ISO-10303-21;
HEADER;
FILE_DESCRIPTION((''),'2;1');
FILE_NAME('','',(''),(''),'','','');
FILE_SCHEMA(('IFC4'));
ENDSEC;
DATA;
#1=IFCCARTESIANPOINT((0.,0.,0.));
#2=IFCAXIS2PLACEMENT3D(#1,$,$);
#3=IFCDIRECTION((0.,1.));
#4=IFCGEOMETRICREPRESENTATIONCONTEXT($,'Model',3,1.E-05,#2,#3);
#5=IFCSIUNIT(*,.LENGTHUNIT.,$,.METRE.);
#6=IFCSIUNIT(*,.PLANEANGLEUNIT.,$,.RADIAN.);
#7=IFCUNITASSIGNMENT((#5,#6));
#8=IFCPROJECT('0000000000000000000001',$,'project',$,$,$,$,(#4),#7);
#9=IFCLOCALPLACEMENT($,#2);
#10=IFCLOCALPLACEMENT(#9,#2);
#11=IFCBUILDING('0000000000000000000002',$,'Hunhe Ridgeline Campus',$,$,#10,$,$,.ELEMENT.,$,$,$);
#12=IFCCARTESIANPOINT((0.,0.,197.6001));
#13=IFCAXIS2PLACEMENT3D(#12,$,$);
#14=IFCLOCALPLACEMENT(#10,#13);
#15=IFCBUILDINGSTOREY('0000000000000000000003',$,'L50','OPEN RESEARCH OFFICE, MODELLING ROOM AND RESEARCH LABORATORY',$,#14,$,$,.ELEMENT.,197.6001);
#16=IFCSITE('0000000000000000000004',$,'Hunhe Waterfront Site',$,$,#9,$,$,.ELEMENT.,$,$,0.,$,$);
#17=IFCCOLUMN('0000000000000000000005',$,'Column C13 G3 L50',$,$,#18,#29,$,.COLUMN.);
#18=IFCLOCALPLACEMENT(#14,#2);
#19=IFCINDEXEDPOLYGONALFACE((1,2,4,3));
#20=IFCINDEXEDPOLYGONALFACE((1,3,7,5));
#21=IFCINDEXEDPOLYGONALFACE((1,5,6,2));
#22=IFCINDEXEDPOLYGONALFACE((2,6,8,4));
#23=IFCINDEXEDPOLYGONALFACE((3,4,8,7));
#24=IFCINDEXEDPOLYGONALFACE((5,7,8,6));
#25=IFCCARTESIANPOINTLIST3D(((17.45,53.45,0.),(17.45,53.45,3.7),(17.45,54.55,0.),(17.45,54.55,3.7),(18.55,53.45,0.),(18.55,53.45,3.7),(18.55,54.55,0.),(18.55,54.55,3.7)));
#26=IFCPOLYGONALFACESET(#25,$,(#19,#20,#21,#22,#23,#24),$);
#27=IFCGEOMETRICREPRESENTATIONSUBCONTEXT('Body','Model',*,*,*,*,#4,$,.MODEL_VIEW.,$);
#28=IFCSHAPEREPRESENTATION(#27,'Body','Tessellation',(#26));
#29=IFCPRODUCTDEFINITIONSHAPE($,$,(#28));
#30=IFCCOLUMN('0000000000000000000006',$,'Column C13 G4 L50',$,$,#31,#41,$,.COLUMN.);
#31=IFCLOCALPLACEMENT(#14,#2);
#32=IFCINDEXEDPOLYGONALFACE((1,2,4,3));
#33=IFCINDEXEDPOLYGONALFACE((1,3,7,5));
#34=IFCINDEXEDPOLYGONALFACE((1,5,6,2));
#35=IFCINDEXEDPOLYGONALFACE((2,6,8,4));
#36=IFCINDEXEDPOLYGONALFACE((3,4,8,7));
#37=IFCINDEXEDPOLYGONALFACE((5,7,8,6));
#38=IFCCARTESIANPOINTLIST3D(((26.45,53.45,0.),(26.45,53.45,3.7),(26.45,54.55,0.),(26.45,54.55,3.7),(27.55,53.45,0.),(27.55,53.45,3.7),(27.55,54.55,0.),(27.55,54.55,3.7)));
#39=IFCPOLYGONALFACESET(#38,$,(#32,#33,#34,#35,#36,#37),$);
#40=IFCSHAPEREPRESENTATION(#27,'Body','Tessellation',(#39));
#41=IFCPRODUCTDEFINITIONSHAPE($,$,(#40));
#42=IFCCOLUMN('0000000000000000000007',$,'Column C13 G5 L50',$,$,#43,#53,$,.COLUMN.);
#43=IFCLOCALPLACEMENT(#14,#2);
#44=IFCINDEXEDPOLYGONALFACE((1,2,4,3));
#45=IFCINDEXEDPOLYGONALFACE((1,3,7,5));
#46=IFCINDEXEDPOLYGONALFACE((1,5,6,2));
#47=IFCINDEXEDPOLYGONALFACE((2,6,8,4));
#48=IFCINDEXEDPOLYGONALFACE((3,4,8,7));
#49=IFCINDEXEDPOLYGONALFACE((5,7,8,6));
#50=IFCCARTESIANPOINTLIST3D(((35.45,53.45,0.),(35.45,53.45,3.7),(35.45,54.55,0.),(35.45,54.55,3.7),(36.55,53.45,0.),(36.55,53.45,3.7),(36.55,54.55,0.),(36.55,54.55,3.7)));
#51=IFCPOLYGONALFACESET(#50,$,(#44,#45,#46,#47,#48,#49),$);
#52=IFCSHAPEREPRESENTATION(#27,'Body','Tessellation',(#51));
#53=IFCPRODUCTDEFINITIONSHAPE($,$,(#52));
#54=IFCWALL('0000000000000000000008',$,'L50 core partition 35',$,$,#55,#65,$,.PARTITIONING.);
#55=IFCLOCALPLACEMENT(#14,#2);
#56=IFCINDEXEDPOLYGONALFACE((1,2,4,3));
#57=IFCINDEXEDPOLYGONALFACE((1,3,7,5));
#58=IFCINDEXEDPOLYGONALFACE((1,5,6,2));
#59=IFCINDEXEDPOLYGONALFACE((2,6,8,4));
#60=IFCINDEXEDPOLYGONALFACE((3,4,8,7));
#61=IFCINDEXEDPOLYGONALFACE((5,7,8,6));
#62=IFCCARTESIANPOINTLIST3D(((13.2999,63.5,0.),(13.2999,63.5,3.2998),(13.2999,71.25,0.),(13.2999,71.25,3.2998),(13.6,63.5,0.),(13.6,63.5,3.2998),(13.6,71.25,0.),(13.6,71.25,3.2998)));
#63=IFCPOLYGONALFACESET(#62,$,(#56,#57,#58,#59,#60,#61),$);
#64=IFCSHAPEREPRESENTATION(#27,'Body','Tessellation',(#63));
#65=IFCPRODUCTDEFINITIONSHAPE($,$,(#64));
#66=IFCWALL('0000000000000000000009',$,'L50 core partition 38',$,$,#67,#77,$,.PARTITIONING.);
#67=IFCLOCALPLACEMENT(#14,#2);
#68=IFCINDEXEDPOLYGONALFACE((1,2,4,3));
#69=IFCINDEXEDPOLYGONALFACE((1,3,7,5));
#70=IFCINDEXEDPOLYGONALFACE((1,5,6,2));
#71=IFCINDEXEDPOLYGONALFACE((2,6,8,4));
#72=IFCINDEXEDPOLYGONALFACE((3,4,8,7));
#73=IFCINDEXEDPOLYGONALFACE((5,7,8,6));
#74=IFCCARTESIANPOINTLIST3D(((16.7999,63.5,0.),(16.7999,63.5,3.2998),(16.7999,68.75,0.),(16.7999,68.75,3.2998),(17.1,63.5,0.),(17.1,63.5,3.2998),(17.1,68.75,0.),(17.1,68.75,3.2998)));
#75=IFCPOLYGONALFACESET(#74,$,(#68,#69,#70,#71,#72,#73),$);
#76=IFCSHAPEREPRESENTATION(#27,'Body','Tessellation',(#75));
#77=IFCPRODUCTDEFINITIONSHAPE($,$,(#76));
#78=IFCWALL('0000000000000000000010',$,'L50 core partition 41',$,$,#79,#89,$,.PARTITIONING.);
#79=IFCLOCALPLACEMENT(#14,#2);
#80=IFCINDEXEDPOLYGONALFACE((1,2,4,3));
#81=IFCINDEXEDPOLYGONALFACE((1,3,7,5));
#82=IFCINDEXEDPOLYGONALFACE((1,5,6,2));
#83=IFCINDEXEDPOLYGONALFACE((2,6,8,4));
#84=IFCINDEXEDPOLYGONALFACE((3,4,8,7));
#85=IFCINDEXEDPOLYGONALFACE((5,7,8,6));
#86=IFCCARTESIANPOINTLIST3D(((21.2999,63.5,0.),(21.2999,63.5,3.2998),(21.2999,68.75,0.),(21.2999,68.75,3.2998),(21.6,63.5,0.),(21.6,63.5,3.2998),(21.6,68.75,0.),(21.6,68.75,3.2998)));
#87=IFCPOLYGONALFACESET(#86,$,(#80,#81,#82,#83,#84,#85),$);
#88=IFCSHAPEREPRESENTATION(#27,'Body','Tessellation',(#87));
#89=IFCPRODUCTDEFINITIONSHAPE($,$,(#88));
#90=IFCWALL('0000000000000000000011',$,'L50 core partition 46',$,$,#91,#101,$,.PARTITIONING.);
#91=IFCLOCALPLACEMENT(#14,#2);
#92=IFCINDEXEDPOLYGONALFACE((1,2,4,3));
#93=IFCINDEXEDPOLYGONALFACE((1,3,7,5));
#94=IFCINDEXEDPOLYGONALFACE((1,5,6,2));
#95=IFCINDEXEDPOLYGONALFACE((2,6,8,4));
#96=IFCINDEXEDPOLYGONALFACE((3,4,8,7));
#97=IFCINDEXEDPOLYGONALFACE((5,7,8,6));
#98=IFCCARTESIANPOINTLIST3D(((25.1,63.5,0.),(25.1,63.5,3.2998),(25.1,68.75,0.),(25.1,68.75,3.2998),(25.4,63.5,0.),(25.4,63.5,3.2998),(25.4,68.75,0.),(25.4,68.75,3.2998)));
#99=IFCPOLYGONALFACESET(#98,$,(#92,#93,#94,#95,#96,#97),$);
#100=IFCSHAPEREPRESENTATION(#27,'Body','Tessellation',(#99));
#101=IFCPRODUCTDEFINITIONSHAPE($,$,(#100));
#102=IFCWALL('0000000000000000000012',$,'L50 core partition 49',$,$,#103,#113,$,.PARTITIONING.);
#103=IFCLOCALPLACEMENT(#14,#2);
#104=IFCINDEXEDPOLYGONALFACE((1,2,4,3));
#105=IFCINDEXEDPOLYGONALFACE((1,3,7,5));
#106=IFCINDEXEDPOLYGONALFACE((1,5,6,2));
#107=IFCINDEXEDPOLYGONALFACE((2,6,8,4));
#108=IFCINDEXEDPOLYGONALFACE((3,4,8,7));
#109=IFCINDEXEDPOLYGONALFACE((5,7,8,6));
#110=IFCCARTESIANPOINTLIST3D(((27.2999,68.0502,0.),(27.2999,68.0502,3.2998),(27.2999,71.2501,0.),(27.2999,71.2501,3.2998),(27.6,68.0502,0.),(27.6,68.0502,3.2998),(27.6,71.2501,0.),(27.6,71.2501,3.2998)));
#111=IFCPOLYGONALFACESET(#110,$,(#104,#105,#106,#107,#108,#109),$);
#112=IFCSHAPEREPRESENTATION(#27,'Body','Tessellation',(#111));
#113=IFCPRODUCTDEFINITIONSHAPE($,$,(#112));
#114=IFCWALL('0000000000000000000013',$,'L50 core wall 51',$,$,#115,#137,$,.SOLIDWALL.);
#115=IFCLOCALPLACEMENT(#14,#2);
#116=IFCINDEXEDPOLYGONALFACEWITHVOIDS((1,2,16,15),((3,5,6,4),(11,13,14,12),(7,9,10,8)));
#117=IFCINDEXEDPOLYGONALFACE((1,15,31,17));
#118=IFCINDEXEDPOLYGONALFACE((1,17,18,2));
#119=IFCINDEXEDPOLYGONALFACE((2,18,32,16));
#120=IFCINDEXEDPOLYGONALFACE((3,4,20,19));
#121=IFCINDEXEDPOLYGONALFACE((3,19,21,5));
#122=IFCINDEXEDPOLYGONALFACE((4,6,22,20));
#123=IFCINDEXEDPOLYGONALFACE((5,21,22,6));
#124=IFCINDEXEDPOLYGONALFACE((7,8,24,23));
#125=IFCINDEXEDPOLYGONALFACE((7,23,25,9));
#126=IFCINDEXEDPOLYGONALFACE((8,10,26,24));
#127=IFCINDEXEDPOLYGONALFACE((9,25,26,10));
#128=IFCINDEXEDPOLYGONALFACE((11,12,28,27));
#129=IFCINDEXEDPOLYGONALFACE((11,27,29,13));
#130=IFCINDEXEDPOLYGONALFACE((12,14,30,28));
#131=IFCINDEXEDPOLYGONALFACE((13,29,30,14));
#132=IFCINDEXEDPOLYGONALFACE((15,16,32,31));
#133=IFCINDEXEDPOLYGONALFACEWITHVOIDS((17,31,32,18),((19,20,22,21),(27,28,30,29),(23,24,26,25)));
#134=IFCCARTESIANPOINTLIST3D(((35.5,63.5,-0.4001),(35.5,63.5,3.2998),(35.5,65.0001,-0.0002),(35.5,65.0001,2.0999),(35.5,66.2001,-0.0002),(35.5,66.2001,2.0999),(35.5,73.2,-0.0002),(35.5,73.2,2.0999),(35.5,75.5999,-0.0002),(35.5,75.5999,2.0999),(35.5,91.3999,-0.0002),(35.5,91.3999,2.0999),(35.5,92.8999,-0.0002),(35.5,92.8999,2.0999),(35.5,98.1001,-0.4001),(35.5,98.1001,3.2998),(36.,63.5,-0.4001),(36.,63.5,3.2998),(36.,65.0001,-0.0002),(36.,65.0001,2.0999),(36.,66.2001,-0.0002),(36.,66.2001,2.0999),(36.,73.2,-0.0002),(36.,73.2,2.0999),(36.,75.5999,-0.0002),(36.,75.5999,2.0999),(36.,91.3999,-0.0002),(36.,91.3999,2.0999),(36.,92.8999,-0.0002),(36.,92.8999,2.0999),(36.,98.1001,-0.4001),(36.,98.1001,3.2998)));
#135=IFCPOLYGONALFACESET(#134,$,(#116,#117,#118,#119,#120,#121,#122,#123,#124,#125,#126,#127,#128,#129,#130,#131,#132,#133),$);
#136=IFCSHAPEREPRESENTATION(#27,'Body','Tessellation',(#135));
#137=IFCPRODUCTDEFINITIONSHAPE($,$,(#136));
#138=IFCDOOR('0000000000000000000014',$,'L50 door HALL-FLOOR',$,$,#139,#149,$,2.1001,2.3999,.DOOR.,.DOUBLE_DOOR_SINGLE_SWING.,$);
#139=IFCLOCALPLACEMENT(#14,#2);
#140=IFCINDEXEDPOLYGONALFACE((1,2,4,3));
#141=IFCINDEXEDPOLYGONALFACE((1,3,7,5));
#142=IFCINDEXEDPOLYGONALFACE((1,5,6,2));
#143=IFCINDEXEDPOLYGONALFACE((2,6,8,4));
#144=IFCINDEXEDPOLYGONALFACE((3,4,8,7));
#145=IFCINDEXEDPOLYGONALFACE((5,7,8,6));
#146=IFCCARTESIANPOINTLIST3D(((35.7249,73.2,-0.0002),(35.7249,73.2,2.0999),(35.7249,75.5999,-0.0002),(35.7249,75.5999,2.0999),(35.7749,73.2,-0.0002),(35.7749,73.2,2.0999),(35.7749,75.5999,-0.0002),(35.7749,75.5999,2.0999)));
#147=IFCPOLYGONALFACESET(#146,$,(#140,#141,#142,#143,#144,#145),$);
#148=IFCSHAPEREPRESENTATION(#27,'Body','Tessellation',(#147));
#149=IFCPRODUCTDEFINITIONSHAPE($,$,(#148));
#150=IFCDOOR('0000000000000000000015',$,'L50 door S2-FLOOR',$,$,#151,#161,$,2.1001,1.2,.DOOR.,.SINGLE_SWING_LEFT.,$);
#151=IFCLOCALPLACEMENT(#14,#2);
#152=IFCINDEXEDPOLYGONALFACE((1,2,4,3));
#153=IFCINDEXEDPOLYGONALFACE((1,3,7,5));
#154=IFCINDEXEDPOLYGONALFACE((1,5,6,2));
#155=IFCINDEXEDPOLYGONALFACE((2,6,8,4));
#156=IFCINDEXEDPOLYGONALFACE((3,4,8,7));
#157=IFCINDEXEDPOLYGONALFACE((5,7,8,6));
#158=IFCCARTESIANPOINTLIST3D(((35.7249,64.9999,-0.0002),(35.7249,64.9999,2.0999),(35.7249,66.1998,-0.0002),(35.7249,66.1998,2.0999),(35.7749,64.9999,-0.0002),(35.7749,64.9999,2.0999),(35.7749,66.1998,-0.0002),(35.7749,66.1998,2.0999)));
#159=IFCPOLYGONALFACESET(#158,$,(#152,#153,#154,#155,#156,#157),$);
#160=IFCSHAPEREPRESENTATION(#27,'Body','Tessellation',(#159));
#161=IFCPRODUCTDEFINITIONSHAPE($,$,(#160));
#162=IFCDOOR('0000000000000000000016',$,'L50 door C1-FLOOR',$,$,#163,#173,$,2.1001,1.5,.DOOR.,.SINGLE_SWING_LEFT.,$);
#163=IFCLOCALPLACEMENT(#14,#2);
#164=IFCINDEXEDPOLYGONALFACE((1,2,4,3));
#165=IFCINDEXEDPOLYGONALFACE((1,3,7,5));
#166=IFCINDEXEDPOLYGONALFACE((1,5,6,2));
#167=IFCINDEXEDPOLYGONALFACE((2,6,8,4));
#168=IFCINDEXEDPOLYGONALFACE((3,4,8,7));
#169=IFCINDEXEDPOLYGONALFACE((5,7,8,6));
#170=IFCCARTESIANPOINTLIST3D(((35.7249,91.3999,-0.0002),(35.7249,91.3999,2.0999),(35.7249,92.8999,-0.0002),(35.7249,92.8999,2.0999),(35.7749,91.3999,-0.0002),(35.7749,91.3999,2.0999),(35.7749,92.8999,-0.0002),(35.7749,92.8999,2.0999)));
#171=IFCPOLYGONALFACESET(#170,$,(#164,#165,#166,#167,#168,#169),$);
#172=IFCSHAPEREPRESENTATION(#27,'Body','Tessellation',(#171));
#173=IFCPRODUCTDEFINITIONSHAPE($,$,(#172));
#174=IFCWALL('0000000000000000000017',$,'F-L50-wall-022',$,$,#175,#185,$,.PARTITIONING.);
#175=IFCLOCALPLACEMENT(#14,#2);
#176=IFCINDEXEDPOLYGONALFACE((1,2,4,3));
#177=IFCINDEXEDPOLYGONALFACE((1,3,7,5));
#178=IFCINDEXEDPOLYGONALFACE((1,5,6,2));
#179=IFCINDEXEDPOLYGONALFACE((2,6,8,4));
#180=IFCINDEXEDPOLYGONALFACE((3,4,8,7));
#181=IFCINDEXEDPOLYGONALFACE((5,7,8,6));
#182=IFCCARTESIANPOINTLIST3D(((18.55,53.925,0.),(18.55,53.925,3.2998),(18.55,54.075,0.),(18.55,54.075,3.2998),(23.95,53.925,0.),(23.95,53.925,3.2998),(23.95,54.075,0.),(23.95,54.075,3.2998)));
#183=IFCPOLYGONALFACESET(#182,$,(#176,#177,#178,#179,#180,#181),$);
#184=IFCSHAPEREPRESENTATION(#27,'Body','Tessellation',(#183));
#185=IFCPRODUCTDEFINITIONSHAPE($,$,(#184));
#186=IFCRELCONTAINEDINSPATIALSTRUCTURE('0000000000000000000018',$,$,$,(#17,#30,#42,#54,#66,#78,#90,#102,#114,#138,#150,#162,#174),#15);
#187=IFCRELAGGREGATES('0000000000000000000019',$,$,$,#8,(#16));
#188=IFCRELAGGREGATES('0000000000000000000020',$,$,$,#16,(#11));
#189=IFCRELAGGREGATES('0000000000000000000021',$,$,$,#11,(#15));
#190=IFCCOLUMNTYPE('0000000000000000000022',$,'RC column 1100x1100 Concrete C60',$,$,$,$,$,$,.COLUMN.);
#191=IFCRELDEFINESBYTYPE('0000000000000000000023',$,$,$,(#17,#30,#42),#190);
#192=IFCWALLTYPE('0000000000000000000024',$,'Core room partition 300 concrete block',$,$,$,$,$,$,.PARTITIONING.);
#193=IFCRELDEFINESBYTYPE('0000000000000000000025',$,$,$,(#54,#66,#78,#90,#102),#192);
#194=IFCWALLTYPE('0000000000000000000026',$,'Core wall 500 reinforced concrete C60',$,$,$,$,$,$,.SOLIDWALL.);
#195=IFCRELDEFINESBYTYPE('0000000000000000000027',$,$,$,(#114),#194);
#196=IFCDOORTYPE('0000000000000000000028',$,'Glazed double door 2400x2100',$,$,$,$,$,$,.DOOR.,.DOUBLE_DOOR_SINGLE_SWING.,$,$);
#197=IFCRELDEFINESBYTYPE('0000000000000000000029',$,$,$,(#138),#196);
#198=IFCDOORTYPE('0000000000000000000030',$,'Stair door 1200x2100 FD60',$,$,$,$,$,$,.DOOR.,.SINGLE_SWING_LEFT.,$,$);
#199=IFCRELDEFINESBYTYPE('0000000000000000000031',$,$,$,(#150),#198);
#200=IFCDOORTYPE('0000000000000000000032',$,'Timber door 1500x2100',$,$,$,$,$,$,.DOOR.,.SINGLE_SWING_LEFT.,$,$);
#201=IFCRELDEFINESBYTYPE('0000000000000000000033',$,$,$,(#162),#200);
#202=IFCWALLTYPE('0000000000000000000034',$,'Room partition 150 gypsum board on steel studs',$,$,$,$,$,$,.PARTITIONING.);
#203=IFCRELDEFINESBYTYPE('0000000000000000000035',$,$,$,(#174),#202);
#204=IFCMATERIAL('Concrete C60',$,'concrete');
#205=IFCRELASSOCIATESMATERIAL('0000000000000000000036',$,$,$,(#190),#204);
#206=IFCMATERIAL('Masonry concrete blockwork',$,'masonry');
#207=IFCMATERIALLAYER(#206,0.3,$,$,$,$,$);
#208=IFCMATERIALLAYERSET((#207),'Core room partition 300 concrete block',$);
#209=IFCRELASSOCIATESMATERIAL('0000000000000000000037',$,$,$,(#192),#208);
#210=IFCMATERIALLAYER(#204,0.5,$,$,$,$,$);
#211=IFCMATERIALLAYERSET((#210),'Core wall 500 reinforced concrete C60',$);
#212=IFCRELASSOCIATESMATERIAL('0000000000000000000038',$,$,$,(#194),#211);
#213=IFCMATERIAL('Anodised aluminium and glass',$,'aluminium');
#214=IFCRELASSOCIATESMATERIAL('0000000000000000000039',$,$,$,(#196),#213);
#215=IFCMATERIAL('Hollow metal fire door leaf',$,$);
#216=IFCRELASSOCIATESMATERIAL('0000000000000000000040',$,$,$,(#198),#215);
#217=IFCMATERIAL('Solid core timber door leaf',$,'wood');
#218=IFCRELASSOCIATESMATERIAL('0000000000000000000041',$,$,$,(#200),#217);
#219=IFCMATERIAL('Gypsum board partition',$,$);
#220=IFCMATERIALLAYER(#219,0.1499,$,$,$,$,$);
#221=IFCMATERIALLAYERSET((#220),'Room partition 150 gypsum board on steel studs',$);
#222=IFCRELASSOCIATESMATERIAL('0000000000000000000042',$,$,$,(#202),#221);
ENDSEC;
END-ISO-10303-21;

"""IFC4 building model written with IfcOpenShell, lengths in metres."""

from ifc_helpers import new_model, si_unit, direction, frame, frame_2d, origin, origin_2d, place, context, subcontext, project, spatial, rectangle, extrude, material, layer, layer_set, material_profile, profile_set, type_object, element, fill, save


model = new_model("IFC4")

# Units and contexts
model_context = context("Model", 3, precision=1e-05, world=origin(), true_north=direction((0.0, 1.0)))
body_context = subcontext(model_context, "Body", "Model", "MODEL_VIEW")
ifc_project = project(units=[si_unit("LENGTHUNIT", "METRE"), si_unit("PLANEANGLEUNIT", "RADIAN")], contexts=[model_context])

# Site, building, storey
site_placement = place(None, origin())
site = spatial("IfcSite", under=ifc_project, at=site_placement, Name="Hunhe Waterfront Site", CompositionType="ELEMENT", RefElevation=0.0)
building_placement = place(site_placement, origin())
building = spatial("IfcBuilding", under=site, at=building_placement, Name="Hunhe Ridgeline Campus", CompositionType="ELEMENT")
storey_placement = place(building_placement, frame((0.0, 0.0, 197.6001)))
storey = spatial("IfcBuildingStorey", under=building, at=storey_placement, Name="L50", Description="OPEN RESEARCH OFFICE, MODELLING ROOM AND RESEARCH LABORATORY", CompositionType="ELEMENT", Elevation=197.6001)

# Columns
ifc_material_1 = material(Name="Concrete C60", Category="concrete")
ifc_material_profile = material_profile(ifc_material_1, rectangle(XDim=1.1001, YDim=1.1001, at=origin_2d()))
ifc_profile_set = profile_set([ifc_material_profile], Name="Concrete C60")
column_type = type_object("IfcColumnType", Name="RC column 1100x1100 Concrete C60", PredefinedType="COLUMN", material=ifc_profile_set)
for number, where, z_axis, x_axis, name in (
    (1, (18.0, 54.0, 0.0), (0.0, 0.0, 1.0), (1.0, 0.0, 0.0), "Column C13 G3 L50"),
    (2, (27.0, 54.0, 0.0), (0.0, 0.0, 1.0), (1.0, 0.0, 0.0), "Column C13 G4 L50"),
    (3, (36.0, 54.0, 0.0), (0.0, 0.0, 1.0), (1.0, 0.0, 0.0), "Column C13 G5 L50"),
):
    element("IfcColumn", number, at=place(storey_placement, frame(where, z_axis=z_axis, x_axis=x_axis)), inside=storey, type_object=column_type, Name=name, PredefinedType="COLUMN", context=body_context, shape_type="SweptSolid", body=[
        extrude(rectangle(XDim=1.1001, YDim=1.1001, at=origin_2d()), origin(), (0.0, 0.0, 1.0), 3.7),
    ])

# Walls
ifc_material_2 = material(Name="Masonry concrete blockwork", Category="masonry")
ifc_layer_1 = layer(ifc_material_2, 0.3)
ifc_layer_set_1 = layer_set([ifc_layer_1], Name="Core room partition 300 concrete block")
wall_type_1 = type_object("IfcWallType", Name="Core room partition 300 concrete block", PredefinedType="PARTITIONING", material=ifc_layer_set_1)
wall_1_placement = place(storey_placement, frame((13.45, 63.5, 0.0), z_axis=(0.0, 0.0, 1.0), x_axis=(0.0, 1.0, 0.0)))
element("IfcWall", 4, at=wall_1_placement, inside=storey, type_object=wall_type_1, Name="L50 core partition 35", PredefinedType="PARTITIONING", context=body_context, shape_type="SweptSolid", body=[
    extrude(rectangle(XDim=7.75, YDim=0.3, at=frame_2d((3.875, 0.0))), origin(), (0.0, 0.0, 1.0), 3.2998),
])
for number, where, z_axis, x_axis, name in (
    (5, (16.95, 63.5, 0.0), (0.0, 0.0, 1.0), (0.0, 1.0, 0.0), "L50 core partition 38"),
    (6, (21.45, 63.5, 0.0), (0.0, 0.0, 1.0), (0.0, 1.0, 0.0), "L50 core partition 41"),
    (7, (25.25, 63.5, 0.0), (0.0, 0.0, 1.0), (0.0, 1.0, 0.0), "L50 core partition 46"),
):
    element("IfcWall", number, at=place(storey_placement, frame(where, z_axis=z_axis, x_axis=x_axis)), inside=storey, type_object=wall_type_1, Name=name, PredefinedType="PARTITIONING", context=body_context, shape_type="SweptSolid", body=[
        extrude(rectangle(XDim=5.25, YDim=0.3, at=frame_2d((2.625, 0.0))), origin(), (0.0, 0.0, 1.0), 3.2998),
    ])
wall_2_placement = place(storey_placement, frame((27.45, 68.05, 0.0), z_axis=(0.0, 0.0, 1.0), x_axis=(0.0, 1.0, 0.0)))
element("IfcWall", 8, at=wall_2_placement, inside=storey, type_object=wall_type_1, Name="L50 core partition 49", PredefinedType="PARTITIONING", context=body_context, shape_type="SweptSolid", body=[
    extrude(rectangle(XDim=3.2, YDim=0.3, at=frame_2d((1.6001, 0.0))), origin(), (0.0, 0.0, 1.0), 3.2998),
])

# Wall, openings, doors
ifc_layer_2 = layer(ifc_material_1, 0.5)
ifc_layer_set_2 = layer_set([ifc_layer_2], Name="Core wall 500 reinforced concrete C60")
wall_type_2 = type_object("IfcWallType", Name="Core wall 500 reinforced concrete C60", PredefinedType="SOLIDWALL", material=ifc_layer_set_2)
wall_3_placement = place(storey_placement, frame((35.75, 63.5, -0.4001), z_axis=(0.0, 0.0, 1.0), x_axis=(0.0, 1.0, 0.0)))
wall_3 = element("IfcWall", 9, at=wall_3_placement, inside=storey, type_object=wall_type_2, Name="L50 core wall 51", PredefinedType="SOLIDWALL", context=body_context, shape_type="SweptSolid", body=[
    extrude(rectangle(XDim=34.6001, YDim=0.5, at=frame_2d((17.3, 0.0))), origin(), (0.0, 0.0, 1.0), 3.7),
])
opening_1_placement = place(wall_3_placement, frame((9.7, 0.0, 0.3999)))
opening_1 = element("IfcOpeningElement", 10, at=opening_1_placement, cuts=wall_3, PredefinedType="OPENING", context=body_context, shape_type="SweptSolid", body=[
    extrude(rectangle(XDim=2.3999, YDim=2.1001, at=frame_2d((1.2, 1.05))), frame((0.0, 0.25, 0.0), z_axis=(0.0, -1.0, 0.0), x_axis=(1.0, 0.0, 0.0)), (0.0, 0.0, 1.0), 0.5),
])
opening_2_placement = place(wall_3_placement, frame((27.8999, 0.0, 0.3999)))
opening_2 = element("IfcOpeningElement", 11, at=opening_2_placement, cuts=wall_3, PredefinedType="OPENING", context=body_context, shape_type="SweptSolid", body=[
    extrude(rectangle(XDim=1.5, YDim=2.1001, at=frame_2d((0.75, 1.05))), frame((0.0, 0.25, 0.0), z_axis=(0.0, -1.0, 0.0), x_axis=(1.0, 0.0, 0.0)), (0.0, 0.0, 1.0), 0.5),
])
opening_3_placement = place(wall_3_placement, frame((1.5, 0.0, 0.3999)))
opening_3 = element("IfcOpeningElement", 12, at=opening_3_placement, cuts=wall_3, PredefinedType="OPENING", context=body_context, shape_type="SweptSolid", body=[
    extrude(rectangle(XDim=1.2, YDim=2.1001, at=frame_2d((0.6001, 1.05))), frame((0.0, 0.25, 0.0), z_axis=(0.0, -1.0, 0.0), x_axis=(1.0, 0.0, 0.0)), (0.0, 0.0, 1.0), 0.5),
])
ifc_material_3 = material(Name="Anodised aluminium and glass", Category="aluminium")
door_type_1 = type_object("IfcDoorType", Name="Glazed double door 2400x2100", OperationType="DOUBLE_DOOR_SINGLE_SWING", PredefinedType="DOOR", material=ifc_material_3)
door_1_placement = place(opening_1_placement, frame((2.3999, 0.0, 0.0), z_axis=(0.0, 0.0, 1.0), x_axis=(-1.0, 0.0, 0.0)))
door_1 = element("IfcDoor", 13, at=door_1_placement, inside=storey, type_object=door_type_1, Name="L50 door HALL-FLOOR", OperationType="DOUBLE_DOOR_SINGLE_SWING", OverallHeight=2.1001, OverallWidth=2.3999, PredefinedType="DOOR", context=body_context, shape_type="SweptSolid", body=[
    extrude(rectangle(XDim=2.3999, YDim=2.1001, at=frame_2d((1.2, 1.05))), frame((0.0, 0.0249, 0.0), z_axis=(0.0, -1.0, 0.0), x_axis=(1.0, 0.0, 0.0)), (0.0, 0.0, 1.0), 0.05),
])
fill(opening_1, door_1)
ifc_material_4 = material(Name="Hollow metal fire door leaf")
door_type_2 = type_object("IfcDoorType", Name="Stair door 1200x2100 FD60", OperationType="SINGLE_SWING_LEFT", PredefinedType="DOOR", material=ifc_material_4)
door_2_placement = place(opening_3_placement, frame((1.2, 0.0, 0.0), z_axis=(0.0, 0.0, 1.0), x_axis=(-1.0, 0.0, 0.0)))
door_2 = element("IfcDoor", 14, at=door_2_placement, inside=storey, type_object=door_type_2, Name="L50 door S2-FLOOR", OperationType="SINGLE_SWING_LEFT", OverallHeight=2.1001, OverallWidth=1.2, PredefinedType="DOOR", context=body_context, shape_type="SweptSolid", body=[
    extrude(rectangle(XDim=1.2, YDim=2.1001, at=frame_2d((0.6001, 1.05))), frame((0.0, 0.0249, 0.0), z_axis=(0.0, -1.0, 0.0), x_axis=(1.0, 0.0, 0.0)), (0.0, 0.0, 1.0), 0.05),
])
fill(opening_3, door_2)
ifc_material_5 = material(Name="Solid core timber door leaf", Category="wood")
door_type_3 = type_object("IfcDoorType", Name="Timber door 1500x2100", OperationType="SINGLE_SWING_LEFT", PredefinedType="DOOR", material=ifc_material_5)
door_3_placement = place(opening_2_placement, frame((1.5, 0.0, 0.0), z_axis=(0.0, 0.0, 1.0), x_axis=(-1.0, 0.0, 0.0)))
door_3 = element("IfcDoor", 15, at=door_3_placement, inside=storey, type_object=door_type_3, Name="L50 door C1-FLOOR", OperationType="SINGLE_SWING_LEFT", OverallHeight=2.1001, OverallWidth=1.5, PredefinedType="DOOR", context=body_context, shape_type="SweptSolid", body=[
    extrude(rectangle(XDim=1.5, YDim=2.1001, at=frame_2d((0.75, 1.05))), frame((0.0, 0.0249, 0.0), z_axis=(0.0, -1.0, 0.0), x_axis=(1.0, 0.0, 0.0)), (0.0, 0.0, 1.0), 0.05),
])
fill(opening_2, door_3)

# Shared definitions
ifc_material_6 = material(Name="Gypsum board partition")

# Wall
ifc_layer_3 = layer(ifc_material_6, 0.1499)
ifc_layer_set_3 = layer_set([ifc_layer_3], Name="Room partition 150 gypsum board on steel studs")
wall_type_3 = type_object("IfcWallType", Name="Room partition 150 gypsum board on steel studs", PredefinedType="PARTITIONING", material=ifc_layer_set_3)
wall_4_placement = place(storey_placement, frame((18.55, 54.0, 0.0), z_axis=(0.0, 0.0, 1.0), x_axis=(1.0, 0.0, 0.0)))
element("IfcWall", 16, at=wall_4_placement, inside=storey, type_object=wall_type_3, Name="F-L50-wall-022", PredefinedType="PARTITIONING", context=body_context, shape_type="SweptSolid", body=[
    extrude(rectangle(XDim=5.3999, YDim=0.1499, at=frame_2d((2.7, 0.0))), origin(), (0.0, 0.0, 1.0), 3.2998),
])

save(model, "model.ifc")
